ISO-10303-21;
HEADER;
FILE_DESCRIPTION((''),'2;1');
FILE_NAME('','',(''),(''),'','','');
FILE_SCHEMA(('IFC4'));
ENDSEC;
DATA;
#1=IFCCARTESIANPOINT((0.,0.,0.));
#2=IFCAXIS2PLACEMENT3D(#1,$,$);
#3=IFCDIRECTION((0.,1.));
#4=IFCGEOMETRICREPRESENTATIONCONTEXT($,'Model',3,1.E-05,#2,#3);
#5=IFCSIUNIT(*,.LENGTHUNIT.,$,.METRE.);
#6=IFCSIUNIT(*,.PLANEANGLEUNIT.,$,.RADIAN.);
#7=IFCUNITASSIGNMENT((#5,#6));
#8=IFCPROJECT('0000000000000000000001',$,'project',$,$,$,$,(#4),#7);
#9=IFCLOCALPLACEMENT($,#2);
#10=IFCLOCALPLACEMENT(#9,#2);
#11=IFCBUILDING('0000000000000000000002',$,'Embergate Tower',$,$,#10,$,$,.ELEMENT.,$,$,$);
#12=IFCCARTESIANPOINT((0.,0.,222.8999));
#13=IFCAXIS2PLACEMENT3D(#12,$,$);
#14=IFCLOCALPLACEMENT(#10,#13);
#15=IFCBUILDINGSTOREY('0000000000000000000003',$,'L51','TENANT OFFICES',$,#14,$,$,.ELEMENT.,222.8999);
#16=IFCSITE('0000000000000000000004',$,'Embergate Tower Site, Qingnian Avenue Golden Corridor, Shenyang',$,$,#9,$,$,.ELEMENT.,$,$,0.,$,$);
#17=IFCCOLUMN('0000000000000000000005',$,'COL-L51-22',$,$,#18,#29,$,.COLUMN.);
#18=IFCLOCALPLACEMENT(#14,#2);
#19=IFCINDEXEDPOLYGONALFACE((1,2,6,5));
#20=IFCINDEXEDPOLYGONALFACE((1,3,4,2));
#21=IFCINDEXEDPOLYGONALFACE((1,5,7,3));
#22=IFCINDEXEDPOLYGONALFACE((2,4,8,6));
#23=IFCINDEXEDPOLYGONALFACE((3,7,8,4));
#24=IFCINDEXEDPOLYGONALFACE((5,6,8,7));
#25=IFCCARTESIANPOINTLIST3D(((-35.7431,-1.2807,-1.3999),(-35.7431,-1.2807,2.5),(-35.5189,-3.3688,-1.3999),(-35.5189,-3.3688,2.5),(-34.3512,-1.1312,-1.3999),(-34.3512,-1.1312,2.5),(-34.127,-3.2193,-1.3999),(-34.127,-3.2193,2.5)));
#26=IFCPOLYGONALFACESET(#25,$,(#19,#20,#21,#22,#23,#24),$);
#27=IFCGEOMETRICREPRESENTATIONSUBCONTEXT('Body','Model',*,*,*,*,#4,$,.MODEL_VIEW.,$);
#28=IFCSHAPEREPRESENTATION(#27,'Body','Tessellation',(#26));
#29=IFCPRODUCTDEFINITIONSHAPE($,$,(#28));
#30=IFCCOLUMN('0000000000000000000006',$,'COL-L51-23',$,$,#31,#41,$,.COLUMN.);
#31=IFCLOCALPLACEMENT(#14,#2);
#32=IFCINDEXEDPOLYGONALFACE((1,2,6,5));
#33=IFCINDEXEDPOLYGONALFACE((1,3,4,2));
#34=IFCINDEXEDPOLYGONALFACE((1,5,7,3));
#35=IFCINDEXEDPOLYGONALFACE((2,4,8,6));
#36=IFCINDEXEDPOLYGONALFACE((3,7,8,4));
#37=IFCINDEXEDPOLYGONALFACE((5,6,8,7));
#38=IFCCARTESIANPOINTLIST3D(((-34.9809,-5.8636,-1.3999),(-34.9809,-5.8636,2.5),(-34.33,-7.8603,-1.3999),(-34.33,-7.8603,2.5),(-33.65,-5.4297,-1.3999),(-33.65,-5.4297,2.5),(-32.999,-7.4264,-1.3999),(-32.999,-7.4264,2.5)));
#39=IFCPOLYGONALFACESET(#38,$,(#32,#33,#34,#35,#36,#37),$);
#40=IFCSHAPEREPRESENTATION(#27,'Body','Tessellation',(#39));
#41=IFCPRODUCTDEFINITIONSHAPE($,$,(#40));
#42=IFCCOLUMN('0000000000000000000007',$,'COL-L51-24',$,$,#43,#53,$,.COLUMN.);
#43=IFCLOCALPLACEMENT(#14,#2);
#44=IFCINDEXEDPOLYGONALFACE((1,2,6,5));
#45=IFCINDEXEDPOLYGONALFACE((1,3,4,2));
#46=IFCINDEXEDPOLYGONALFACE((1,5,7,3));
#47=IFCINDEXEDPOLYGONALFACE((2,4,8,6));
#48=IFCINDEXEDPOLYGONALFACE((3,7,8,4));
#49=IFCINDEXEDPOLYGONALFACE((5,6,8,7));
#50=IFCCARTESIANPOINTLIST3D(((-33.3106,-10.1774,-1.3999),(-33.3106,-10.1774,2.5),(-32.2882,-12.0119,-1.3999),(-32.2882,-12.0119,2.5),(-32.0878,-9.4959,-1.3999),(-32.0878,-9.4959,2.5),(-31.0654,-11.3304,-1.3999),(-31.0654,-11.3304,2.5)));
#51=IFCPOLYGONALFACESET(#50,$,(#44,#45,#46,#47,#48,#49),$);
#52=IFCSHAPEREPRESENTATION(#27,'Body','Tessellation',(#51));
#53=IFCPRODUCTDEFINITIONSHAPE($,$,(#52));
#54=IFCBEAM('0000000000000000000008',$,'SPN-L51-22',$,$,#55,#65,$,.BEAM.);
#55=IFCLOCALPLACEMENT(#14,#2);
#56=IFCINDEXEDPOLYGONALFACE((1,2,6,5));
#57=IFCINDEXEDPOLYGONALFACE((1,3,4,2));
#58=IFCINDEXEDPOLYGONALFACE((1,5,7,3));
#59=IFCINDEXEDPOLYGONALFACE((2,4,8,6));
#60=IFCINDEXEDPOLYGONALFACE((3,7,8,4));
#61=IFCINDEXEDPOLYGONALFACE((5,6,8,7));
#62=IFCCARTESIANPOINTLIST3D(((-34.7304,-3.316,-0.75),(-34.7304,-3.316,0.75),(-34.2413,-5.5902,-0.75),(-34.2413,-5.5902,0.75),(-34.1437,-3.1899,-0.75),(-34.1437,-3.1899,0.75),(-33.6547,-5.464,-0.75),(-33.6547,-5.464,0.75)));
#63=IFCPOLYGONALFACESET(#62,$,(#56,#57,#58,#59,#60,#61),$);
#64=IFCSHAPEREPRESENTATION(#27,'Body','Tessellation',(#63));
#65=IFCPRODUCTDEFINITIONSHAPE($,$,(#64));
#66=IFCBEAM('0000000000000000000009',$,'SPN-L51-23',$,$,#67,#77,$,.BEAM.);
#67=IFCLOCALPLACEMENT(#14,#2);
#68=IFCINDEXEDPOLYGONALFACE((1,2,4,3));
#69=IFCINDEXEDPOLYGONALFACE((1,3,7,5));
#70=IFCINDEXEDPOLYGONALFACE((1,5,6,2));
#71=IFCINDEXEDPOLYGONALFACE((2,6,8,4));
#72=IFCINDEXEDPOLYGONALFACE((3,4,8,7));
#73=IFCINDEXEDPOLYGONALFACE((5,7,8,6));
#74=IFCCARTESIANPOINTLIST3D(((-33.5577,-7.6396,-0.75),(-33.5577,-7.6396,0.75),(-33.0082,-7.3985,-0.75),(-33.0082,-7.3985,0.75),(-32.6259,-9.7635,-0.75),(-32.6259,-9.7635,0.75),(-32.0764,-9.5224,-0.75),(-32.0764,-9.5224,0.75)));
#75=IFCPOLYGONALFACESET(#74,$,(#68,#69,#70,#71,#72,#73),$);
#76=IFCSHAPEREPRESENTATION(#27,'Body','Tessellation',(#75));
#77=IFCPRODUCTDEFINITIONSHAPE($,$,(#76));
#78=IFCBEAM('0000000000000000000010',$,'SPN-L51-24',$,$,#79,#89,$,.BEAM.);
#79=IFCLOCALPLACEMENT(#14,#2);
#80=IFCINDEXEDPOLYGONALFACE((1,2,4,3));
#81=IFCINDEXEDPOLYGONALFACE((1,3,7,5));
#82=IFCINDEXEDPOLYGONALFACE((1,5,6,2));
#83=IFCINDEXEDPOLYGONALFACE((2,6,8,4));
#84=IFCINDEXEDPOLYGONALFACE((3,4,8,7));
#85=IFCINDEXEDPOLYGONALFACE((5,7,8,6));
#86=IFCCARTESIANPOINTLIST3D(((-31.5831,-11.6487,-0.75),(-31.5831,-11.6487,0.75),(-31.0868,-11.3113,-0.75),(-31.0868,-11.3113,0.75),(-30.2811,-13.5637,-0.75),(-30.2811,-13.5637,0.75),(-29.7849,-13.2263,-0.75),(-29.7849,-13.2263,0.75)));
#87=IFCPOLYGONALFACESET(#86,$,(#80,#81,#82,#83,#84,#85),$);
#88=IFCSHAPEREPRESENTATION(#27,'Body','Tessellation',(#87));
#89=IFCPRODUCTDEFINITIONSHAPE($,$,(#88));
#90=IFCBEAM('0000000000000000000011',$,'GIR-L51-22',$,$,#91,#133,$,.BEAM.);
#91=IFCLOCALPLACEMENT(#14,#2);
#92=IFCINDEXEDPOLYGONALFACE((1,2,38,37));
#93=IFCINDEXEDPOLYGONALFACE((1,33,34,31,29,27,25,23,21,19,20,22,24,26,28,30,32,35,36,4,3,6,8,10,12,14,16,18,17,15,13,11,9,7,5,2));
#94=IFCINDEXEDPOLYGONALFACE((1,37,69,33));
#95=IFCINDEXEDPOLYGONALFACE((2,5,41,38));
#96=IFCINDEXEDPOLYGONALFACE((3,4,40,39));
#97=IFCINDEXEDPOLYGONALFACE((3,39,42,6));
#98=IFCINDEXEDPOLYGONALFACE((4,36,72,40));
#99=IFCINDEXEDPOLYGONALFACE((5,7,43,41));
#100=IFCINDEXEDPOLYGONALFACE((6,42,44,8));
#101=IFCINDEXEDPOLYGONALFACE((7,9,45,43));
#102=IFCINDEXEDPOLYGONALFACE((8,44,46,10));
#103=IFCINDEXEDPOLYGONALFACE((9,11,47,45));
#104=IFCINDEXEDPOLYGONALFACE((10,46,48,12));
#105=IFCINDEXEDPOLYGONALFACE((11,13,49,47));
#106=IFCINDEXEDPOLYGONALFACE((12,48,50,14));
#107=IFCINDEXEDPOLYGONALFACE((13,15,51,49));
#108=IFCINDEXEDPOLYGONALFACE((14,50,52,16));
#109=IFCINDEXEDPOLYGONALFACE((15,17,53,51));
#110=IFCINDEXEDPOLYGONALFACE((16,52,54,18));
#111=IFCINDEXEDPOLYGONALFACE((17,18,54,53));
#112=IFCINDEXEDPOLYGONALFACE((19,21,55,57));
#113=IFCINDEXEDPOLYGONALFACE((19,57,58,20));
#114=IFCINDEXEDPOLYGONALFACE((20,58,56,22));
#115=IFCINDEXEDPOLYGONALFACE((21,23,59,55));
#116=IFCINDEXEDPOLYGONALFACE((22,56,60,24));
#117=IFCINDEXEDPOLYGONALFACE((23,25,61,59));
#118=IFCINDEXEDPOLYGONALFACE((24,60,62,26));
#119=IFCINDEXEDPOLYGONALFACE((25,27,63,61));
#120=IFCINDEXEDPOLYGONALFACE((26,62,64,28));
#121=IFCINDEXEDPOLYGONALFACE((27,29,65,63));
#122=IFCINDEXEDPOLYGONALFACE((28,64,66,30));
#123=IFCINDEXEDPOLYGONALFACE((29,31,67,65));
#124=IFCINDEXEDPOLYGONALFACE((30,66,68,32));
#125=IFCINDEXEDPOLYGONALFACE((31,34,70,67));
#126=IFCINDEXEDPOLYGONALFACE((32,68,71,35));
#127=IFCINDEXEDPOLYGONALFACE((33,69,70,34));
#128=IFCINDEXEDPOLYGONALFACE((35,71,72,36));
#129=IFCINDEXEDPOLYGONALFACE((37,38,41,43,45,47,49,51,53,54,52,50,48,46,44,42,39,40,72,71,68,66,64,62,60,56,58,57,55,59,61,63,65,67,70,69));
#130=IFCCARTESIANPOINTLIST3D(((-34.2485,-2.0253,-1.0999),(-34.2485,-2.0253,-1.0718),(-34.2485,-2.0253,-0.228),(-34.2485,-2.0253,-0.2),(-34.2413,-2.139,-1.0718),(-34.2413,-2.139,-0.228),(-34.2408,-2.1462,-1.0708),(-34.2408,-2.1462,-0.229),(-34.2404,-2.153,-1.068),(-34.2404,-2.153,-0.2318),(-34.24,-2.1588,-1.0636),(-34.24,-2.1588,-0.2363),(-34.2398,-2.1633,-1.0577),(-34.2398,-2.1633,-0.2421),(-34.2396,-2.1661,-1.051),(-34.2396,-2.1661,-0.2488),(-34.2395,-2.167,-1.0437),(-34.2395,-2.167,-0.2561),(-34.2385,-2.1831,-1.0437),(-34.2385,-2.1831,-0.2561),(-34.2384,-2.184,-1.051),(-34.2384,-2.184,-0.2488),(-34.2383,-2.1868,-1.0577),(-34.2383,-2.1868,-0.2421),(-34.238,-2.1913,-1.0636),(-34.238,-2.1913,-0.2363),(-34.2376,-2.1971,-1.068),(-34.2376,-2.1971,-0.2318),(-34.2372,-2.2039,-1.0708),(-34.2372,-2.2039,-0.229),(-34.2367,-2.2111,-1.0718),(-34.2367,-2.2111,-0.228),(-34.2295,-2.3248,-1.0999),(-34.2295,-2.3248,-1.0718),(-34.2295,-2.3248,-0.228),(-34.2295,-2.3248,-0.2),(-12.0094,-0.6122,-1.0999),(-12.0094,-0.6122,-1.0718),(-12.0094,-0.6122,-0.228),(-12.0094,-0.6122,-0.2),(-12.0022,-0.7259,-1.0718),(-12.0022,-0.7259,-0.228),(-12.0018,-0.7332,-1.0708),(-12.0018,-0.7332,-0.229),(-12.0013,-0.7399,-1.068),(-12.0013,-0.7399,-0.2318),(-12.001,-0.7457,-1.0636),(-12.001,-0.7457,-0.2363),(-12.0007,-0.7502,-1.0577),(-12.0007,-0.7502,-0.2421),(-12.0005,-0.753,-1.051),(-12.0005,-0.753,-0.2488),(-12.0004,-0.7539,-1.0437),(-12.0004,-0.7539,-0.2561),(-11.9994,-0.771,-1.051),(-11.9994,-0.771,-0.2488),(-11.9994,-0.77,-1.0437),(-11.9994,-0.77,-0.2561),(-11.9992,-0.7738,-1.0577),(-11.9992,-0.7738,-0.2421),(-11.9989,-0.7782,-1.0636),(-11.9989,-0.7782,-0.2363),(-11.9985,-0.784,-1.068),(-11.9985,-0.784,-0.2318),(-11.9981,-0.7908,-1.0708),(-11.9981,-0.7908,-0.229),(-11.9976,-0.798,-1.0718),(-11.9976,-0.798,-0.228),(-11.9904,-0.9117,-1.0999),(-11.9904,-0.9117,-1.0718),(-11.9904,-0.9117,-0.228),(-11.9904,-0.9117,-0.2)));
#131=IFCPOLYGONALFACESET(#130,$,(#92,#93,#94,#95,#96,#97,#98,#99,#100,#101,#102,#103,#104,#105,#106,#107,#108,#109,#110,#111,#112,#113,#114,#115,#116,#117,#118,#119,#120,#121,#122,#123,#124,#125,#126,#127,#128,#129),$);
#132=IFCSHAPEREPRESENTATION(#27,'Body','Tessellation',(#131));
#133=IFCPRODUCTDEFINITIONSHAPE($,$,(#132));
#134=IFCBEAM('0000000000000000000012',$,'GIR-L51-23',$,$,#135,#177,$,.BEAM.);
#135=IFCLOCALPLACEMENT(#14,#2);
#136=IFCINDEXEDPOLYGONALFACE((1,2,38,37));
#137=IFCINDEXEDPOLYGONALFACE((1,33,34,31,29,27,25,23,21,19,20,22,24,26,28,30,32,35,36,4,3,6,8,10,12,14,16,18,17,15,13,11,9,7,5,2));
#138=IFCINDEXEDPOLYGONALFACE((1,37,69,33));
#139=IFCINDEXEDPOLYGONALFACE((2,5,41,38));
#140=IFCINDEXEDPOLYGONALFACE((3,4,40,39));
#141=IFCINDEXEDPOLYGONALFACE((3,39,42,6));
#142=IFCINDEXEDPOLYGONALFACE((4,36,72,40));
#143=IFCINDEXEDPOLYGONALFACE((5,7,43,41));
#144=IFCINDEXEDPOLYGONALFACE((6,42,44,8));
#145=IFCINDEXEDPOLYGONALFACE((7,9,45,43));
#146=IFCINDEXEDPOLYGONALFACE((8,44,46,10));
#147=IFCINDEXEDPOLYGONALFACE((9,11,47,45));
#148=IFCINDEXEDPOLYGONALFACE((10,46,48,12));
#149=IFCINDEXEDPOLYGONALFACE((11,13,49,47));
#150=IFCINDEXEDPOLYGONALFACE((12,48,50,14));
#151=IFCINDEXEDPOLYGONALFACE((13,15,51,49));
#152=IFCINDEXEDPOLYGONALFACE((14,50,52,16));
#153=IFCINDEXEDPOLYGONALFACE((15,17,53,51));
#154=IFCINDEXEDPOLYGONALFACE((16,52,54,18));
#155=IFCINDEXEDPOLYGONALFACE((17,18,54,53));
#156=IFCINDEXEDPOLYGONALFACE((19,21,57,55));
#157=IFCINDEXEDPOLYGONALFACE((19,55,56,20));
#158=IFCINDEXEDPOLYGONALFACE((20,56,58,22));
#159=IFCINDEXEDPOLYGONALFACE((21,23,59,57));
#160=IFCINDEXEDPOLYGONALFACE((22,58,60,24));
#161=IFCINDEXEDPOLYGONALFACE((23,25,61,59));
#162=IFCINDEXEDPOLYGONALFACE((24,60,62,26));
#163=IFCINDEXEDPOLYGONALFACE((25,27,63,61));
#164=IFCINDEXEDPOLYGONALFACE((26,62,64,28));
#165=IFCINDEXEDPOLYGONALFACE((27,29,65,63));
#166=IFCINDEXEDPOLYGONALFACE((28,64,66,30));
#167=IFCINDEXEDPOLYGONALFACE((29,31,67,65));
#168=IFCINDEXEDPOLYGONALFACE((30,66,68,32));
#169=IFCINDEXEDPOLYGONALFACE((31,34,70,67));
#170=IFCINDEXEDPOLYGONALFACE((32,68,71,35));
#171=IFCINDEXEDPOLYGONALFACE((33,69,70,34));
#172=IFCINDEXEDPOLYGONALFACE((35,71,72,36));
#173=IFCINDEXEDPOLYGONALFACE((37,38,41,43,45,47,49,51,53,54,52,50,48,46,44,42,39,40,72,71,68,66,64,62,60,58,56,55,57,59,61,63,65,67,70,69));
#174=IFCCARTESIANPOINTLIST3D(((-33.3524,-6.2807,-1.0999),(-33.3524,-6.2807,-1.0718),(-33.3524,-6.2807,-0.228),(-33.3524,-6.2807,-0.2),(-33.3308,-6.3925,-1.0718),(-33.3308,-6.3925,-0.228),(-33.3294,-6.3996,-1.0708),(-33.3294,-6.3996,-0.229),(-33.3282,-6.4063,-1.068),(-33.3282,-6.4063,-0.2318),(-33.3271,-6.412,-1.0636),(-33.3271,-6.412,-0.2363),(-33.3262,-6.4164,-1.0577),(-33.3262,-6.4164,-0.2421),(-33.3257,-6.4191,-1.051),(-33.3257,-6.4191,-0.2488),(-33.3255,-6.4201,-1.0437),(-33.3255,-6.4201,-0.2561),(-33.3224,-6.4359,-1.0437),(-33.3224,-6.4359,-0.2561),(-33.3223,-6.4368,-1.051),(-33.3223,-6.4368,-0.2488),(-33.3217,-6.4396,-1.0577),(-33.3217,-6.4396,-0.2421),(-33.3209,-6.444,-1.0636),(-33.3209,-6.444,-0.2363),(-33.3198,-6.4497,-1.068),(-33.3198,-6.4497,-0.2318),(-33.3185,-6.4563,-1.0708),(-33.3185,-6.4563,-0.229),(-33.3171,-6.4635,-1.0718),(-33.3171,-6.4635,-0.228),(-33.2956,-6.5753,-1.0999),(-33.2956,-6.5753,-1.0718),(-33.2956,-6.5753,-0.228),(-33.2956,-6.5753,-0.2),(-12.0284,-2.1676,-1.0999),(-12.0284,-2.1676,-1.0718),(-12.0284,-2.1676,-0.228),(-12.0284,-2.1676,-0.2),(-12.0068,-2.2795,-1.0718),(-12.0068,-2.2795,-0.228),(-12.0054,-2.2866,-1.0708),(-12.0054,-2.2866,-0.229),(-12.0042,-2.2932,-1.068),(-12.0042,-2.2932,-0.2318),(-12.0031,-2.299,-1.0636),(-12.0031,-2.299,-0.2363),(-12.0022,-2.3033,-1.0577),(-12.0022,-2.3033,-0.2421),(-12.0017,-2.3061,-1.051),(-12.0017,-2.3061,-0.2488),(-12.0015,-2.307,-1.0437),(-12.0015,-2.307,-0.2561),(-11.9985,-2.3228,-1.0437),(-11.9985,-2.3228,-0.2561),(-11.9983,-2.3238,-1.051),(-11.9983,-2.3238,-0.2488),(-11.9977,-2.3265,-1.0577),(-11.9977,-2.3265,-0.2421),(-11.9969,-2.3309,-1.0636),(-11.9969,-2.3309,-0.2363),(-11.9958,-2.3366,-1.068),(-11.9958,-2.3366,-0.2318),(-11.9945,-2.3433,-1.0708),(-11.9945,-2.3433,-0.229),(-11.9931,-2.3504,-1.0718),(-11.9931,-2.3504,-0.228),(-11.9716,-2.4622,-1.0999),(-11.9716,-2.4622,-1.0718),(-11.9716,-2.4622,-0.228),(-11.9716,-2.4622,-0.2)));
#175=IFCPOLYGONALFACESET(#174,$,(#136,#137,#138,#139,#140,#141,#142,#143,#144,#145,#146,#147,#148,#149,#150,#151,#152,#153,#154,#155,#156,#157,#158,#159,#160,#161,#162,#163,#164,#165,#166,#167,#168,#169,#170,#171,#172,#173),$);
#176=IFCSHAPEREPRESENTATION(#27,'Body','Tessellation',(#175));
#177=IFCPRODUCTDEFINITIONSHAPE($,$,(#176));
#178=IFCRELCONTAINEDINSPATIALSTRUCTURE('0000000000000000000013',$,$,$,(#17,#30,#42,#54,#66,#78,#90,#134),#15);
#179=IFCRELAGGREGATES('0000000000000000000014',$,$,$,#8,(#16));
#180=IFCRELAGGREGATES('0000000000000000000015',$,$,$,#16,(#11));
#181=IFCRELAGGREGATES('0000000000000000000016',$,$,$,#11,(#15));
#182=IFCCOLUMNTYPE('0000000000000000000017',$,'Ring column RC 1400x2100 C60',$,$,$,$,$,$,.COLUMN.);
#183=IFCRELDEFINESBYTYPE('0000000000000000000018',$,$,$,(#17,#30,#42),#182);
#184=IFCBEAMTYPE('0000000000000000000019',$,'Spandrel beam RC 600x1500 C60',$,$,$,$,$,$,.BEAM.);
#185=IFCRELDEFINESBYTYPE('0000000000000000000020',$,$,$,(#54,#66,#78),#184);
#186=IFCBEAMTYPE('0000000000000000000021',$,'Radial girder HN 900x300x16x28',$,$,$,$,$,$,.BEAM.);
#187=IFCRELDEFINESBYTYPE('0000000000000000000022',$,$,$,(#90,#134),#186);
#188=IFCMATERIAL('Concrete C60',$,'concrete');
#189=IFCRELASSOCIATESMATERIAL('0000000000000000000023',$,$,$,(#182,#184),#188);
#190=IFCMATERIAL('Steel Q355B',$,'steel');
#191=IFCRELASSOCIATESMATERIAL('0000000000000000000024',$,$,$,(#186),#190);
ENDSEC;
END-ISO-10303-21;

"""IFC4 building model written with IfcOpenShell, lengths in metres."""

from ifc_helpers import new_model, si_unit, direction, frame, origin, origin_2d, place, context, subcontext, project, spatial, rectangle, i_section, extrude, source, transform, mapped, material, material_profile, profile_set, type_object, element, save


model = new_model("IFC4")

# Units and contexts
model_context = context("Model", 3, precision=1e-05, world=origin(), true_north=direction((0.0, 1.0)))
body_context = subcontext(model_context, "Body", "Model", "MODEL_VIEW")
ifc_project = project(units=[si_unit("LENGTHUNIT", "METRE"), si_unit("PLANEANGLEUNIT", "RADIAN")], contexts=[model_context])

# Site, building, storey
site_placement = place(None, origin())
site = spatial("IfcSite", under=ifc_project, at=site_placement, Name="Embergate Tower Site, Qingnian Avenue Golden Corridor, Shenyang", CompositionType="ELEMENT", RefElevation=0.0)
building_placement = place(site_placement, origin())
building = spatial("IfcBuilding", under=site, at=building_placement, Name="Embergate Tower", CompositionType="ELEMENT")
storey_placement = place(building_placement, frame((0.0, 0.0, 222.8999)))
storey = spatial("IfcBuildingStorey", under=building, at=storey_placement, Name="L51", Description="TENANT OFFICES", CompositionType="ELEMENT", Elevation=222.8999)

# Columns
ifc_material_1 = material(Name="Concrete C60", Category="concrete")
ifc_material_profile_1 = material_profile(ifc_material_1, rectangle(XDim=1.3999, YDim=2.1001, at=origin_2d()), Name="RC 1400x2100")
ifc_profile_set_1 = profile_set([ifc_material_profile_1], Name="Concrete C60")
column_type = type_object("IfcColumnType", Name="Ring column RC 1400x2100 C60", PredefinedType="COLUMN", material=ifc_profile_set_1)
shared_shape_1 = source(origin(), body_context, "Body", "SweptSolid", [
    extrude(rectangle(XDim=1.3999, YDim=2.1001, at=origin_2d()), origin(), (0.0, 0.0, 1.0), 3.8999),
])
for number, where, z_axis, x_axis, name in (
    (1, (-34.9351, -2.25, -1.3999), (0.0, 0.0, 1.0), (-0.994286, -0.10675, 0.0), "COL-L51-22"),
    (2, (-33.99, -6.645, -1.3999), (0.0, 0.0, 1.0), (-0.950754, -0.309946, 0.0), "COL-L51-23"),
    (3, (-32.188, -10.7539, -1.3999), (0.0, 0.0, 1.0), (-0.8735, -0.486823, 0.0), "COL-L51-24"),
):
    element("IfcColumn", number, at=place(storey_placement, frame(where, z_axis=z_axis, x_axis=x_axis)), inside=storey, type_object=column_type, Name=name, PredefinedType="COLUMN", context=body_context, shape_type="MappedRepresentation", body=[
        mapped(shared_shape_1, transform((0.0, 0.0, 0.0))),
    ])

# Beams
ifc_material_profile_2 = material_profile(ifc_material_1, rectangle(XDim=0.6001, YDim=1.5, at=origin_2d()), Name="RC 600x1500")
ifc_profile_set_2 = profile_set([ifc_material_profile_2], Name="Concrete C60")
beam_type_1 = type_object("IfcBeamType", Name="Spandrel beam RC 600x1500 C60", PredefinedType="BEAM", material=ifc_profile_set_2)
shared_shape_2 = source(origin(), body_context, "Body", "SweptSolid", [
    extrude(rectangle(XDim=0.6001, YDim=1.5, at=origin_2d()), origin(), (0.0, 0.0, 1.0), 2.3262),
])
beam_1_placement = place(storey_placement, frame((-34.437, -3.2529, 0.0), z_axis=(0.210224, -0.977653, 0.0), x_axis=(0.977653, 0.210224, 0.0)))
element("IfcBeam", 4, at=beam_1_placement, inside=storey, type_object=beam_type_1, Name="SPN-L51-22", PredefinedType="BEAM", context=body_context, shape_type="MappedRepresentation", body=[
    mapped(shared_shape_2, transform((0.0, 0.0, 0.0))),
])
shared_shape_3 = source(origin(), body_context, "Body", "SweptSolid", [
    extrude(rectangle(XDim=0.6001, YDim=1.5, at=origin_2d()), origin(), (0.0, 0.0, 1.0), 2.3193),
])
beam_2_placement = place(storey_placement, frame((-33.283, -7.519, 0.0), z_axis=(0.401768, -0.915741, 0.0), x_axis=(0.915741, 0.401768, 0.0)))
element("IfcBeam", 5, at=beam_2_placement, inside=storey, type_object=beam_type_1, Name="SPN-L51-23", PredefinedType="BEAM", context=body_context, shape_type="MappedRepresentation", body=[
    mapped(shared_shape_3, transform((0.0, 0.0, 0.0))),
])
shared_shape_4 = source(origin(), body_context, "Body", "SweptSolid", [
    extrude(rectangle(XDim=0.6001, YDim=1.5, at=origin_2d()), origin(), (0.0, 0.0, 1.0), 2.3157),
])
beam_3_placement = place(storey_placement, frame((-31.335, -11.48, 0.0), z_axis=(0.562244, -0.826972, 0.0), x_axis=(0.826972, 0.562244, 0.0)))
element("IfcBeam", 6, at=beam_3_placement, inside=storey, type_object=beam_type_1, Name="SPN-L51-24", PredefinedType="BEAM", context=body_context, shape_type="MappedRepresentation", body=[
    mapped(shared_shape_4, transform((0.0, 0.0, 0.0))),
])
ifc_material_2 = material(Name="Steel Q355B", Category="steel")
ifc_material_profile_3 = material_profile(ifc_material_2, i_section(OverallWidth=0.3, OverallDepth=0.8999, WebThickness=0.0161, FlangeThickness=0.0281, FilletRadius=0.0281, at=origin_2d()), Name="HN 900x300x16x28")
ifc_profile_set_3 = profile_set([ifc_material_profile_3], Name="Steel Q355 grade B")
beam_type_2 = type_object("IfcBeamType", Name="Radial girder HN 900x300x16x28", PredefinedType="BEAM", material=ifc_profile_set_3)
shared_shape_5 = source(origin(), body_context, "Body", "SweptSolid", [
    extrude(i_section(OverallWidth=0.3, OverallDepth=0.8999, WebThickness=0.0161, FlangeThickness=0.0281, FilletRadius=0.0281, at=origin_2d()), origin(), (0.0, 0.0, 1.0), 22.2839),
])
beam_4_placement = place(storey_placement, frame((-34.239, -2.175, -0.6499), z_axis=(0.997987, 0.063413, 0.0), x_axis=(-0.063413, 0.997987, 0.0)))
element("IfcBeam", 7, at=beam_4_placement, inside=storey, type_object=beam_type_2, Name="GIR-L51-22", PredefinedType="BEAM", context=body_context, shape_type="MappedRepresentation", body=[
    mapped(shared_shape_5, transform((0.0, 0.0, 0.0))),
])
shared_shape_6 = source(origin(), body_context, "Body", "SweptSolid", [
    extrude(i_section(OverallWidth=0.3, OverallDepth=0.8999, WebThickness=0.0161, FlangeThickness=0.0281, FilletRadius=0.0281, at=origin_2d()), origin(), (0.0, 0.0, 1.0), 21.717),
])
beam_5_placement = place(storey_placement, frame((-33.324, -6.428, -0.6499), z_axis=(0.981901, 0.189392, 0.0), x_axis=(-0.189392, 0.981901, 0.0)))
element("IfcBeam", 8, at=beam_5_placement, inside=storey, type_object=beam_type_2, Name="GIR-L51-23", PredefinedType="BEAM", context=body_context, shape_type="MappedRepresentation", body=[
    mapped(shared_shape_6, transform((0.0, 0.0, 0.0))),
])

save(model, "model.ifc")
